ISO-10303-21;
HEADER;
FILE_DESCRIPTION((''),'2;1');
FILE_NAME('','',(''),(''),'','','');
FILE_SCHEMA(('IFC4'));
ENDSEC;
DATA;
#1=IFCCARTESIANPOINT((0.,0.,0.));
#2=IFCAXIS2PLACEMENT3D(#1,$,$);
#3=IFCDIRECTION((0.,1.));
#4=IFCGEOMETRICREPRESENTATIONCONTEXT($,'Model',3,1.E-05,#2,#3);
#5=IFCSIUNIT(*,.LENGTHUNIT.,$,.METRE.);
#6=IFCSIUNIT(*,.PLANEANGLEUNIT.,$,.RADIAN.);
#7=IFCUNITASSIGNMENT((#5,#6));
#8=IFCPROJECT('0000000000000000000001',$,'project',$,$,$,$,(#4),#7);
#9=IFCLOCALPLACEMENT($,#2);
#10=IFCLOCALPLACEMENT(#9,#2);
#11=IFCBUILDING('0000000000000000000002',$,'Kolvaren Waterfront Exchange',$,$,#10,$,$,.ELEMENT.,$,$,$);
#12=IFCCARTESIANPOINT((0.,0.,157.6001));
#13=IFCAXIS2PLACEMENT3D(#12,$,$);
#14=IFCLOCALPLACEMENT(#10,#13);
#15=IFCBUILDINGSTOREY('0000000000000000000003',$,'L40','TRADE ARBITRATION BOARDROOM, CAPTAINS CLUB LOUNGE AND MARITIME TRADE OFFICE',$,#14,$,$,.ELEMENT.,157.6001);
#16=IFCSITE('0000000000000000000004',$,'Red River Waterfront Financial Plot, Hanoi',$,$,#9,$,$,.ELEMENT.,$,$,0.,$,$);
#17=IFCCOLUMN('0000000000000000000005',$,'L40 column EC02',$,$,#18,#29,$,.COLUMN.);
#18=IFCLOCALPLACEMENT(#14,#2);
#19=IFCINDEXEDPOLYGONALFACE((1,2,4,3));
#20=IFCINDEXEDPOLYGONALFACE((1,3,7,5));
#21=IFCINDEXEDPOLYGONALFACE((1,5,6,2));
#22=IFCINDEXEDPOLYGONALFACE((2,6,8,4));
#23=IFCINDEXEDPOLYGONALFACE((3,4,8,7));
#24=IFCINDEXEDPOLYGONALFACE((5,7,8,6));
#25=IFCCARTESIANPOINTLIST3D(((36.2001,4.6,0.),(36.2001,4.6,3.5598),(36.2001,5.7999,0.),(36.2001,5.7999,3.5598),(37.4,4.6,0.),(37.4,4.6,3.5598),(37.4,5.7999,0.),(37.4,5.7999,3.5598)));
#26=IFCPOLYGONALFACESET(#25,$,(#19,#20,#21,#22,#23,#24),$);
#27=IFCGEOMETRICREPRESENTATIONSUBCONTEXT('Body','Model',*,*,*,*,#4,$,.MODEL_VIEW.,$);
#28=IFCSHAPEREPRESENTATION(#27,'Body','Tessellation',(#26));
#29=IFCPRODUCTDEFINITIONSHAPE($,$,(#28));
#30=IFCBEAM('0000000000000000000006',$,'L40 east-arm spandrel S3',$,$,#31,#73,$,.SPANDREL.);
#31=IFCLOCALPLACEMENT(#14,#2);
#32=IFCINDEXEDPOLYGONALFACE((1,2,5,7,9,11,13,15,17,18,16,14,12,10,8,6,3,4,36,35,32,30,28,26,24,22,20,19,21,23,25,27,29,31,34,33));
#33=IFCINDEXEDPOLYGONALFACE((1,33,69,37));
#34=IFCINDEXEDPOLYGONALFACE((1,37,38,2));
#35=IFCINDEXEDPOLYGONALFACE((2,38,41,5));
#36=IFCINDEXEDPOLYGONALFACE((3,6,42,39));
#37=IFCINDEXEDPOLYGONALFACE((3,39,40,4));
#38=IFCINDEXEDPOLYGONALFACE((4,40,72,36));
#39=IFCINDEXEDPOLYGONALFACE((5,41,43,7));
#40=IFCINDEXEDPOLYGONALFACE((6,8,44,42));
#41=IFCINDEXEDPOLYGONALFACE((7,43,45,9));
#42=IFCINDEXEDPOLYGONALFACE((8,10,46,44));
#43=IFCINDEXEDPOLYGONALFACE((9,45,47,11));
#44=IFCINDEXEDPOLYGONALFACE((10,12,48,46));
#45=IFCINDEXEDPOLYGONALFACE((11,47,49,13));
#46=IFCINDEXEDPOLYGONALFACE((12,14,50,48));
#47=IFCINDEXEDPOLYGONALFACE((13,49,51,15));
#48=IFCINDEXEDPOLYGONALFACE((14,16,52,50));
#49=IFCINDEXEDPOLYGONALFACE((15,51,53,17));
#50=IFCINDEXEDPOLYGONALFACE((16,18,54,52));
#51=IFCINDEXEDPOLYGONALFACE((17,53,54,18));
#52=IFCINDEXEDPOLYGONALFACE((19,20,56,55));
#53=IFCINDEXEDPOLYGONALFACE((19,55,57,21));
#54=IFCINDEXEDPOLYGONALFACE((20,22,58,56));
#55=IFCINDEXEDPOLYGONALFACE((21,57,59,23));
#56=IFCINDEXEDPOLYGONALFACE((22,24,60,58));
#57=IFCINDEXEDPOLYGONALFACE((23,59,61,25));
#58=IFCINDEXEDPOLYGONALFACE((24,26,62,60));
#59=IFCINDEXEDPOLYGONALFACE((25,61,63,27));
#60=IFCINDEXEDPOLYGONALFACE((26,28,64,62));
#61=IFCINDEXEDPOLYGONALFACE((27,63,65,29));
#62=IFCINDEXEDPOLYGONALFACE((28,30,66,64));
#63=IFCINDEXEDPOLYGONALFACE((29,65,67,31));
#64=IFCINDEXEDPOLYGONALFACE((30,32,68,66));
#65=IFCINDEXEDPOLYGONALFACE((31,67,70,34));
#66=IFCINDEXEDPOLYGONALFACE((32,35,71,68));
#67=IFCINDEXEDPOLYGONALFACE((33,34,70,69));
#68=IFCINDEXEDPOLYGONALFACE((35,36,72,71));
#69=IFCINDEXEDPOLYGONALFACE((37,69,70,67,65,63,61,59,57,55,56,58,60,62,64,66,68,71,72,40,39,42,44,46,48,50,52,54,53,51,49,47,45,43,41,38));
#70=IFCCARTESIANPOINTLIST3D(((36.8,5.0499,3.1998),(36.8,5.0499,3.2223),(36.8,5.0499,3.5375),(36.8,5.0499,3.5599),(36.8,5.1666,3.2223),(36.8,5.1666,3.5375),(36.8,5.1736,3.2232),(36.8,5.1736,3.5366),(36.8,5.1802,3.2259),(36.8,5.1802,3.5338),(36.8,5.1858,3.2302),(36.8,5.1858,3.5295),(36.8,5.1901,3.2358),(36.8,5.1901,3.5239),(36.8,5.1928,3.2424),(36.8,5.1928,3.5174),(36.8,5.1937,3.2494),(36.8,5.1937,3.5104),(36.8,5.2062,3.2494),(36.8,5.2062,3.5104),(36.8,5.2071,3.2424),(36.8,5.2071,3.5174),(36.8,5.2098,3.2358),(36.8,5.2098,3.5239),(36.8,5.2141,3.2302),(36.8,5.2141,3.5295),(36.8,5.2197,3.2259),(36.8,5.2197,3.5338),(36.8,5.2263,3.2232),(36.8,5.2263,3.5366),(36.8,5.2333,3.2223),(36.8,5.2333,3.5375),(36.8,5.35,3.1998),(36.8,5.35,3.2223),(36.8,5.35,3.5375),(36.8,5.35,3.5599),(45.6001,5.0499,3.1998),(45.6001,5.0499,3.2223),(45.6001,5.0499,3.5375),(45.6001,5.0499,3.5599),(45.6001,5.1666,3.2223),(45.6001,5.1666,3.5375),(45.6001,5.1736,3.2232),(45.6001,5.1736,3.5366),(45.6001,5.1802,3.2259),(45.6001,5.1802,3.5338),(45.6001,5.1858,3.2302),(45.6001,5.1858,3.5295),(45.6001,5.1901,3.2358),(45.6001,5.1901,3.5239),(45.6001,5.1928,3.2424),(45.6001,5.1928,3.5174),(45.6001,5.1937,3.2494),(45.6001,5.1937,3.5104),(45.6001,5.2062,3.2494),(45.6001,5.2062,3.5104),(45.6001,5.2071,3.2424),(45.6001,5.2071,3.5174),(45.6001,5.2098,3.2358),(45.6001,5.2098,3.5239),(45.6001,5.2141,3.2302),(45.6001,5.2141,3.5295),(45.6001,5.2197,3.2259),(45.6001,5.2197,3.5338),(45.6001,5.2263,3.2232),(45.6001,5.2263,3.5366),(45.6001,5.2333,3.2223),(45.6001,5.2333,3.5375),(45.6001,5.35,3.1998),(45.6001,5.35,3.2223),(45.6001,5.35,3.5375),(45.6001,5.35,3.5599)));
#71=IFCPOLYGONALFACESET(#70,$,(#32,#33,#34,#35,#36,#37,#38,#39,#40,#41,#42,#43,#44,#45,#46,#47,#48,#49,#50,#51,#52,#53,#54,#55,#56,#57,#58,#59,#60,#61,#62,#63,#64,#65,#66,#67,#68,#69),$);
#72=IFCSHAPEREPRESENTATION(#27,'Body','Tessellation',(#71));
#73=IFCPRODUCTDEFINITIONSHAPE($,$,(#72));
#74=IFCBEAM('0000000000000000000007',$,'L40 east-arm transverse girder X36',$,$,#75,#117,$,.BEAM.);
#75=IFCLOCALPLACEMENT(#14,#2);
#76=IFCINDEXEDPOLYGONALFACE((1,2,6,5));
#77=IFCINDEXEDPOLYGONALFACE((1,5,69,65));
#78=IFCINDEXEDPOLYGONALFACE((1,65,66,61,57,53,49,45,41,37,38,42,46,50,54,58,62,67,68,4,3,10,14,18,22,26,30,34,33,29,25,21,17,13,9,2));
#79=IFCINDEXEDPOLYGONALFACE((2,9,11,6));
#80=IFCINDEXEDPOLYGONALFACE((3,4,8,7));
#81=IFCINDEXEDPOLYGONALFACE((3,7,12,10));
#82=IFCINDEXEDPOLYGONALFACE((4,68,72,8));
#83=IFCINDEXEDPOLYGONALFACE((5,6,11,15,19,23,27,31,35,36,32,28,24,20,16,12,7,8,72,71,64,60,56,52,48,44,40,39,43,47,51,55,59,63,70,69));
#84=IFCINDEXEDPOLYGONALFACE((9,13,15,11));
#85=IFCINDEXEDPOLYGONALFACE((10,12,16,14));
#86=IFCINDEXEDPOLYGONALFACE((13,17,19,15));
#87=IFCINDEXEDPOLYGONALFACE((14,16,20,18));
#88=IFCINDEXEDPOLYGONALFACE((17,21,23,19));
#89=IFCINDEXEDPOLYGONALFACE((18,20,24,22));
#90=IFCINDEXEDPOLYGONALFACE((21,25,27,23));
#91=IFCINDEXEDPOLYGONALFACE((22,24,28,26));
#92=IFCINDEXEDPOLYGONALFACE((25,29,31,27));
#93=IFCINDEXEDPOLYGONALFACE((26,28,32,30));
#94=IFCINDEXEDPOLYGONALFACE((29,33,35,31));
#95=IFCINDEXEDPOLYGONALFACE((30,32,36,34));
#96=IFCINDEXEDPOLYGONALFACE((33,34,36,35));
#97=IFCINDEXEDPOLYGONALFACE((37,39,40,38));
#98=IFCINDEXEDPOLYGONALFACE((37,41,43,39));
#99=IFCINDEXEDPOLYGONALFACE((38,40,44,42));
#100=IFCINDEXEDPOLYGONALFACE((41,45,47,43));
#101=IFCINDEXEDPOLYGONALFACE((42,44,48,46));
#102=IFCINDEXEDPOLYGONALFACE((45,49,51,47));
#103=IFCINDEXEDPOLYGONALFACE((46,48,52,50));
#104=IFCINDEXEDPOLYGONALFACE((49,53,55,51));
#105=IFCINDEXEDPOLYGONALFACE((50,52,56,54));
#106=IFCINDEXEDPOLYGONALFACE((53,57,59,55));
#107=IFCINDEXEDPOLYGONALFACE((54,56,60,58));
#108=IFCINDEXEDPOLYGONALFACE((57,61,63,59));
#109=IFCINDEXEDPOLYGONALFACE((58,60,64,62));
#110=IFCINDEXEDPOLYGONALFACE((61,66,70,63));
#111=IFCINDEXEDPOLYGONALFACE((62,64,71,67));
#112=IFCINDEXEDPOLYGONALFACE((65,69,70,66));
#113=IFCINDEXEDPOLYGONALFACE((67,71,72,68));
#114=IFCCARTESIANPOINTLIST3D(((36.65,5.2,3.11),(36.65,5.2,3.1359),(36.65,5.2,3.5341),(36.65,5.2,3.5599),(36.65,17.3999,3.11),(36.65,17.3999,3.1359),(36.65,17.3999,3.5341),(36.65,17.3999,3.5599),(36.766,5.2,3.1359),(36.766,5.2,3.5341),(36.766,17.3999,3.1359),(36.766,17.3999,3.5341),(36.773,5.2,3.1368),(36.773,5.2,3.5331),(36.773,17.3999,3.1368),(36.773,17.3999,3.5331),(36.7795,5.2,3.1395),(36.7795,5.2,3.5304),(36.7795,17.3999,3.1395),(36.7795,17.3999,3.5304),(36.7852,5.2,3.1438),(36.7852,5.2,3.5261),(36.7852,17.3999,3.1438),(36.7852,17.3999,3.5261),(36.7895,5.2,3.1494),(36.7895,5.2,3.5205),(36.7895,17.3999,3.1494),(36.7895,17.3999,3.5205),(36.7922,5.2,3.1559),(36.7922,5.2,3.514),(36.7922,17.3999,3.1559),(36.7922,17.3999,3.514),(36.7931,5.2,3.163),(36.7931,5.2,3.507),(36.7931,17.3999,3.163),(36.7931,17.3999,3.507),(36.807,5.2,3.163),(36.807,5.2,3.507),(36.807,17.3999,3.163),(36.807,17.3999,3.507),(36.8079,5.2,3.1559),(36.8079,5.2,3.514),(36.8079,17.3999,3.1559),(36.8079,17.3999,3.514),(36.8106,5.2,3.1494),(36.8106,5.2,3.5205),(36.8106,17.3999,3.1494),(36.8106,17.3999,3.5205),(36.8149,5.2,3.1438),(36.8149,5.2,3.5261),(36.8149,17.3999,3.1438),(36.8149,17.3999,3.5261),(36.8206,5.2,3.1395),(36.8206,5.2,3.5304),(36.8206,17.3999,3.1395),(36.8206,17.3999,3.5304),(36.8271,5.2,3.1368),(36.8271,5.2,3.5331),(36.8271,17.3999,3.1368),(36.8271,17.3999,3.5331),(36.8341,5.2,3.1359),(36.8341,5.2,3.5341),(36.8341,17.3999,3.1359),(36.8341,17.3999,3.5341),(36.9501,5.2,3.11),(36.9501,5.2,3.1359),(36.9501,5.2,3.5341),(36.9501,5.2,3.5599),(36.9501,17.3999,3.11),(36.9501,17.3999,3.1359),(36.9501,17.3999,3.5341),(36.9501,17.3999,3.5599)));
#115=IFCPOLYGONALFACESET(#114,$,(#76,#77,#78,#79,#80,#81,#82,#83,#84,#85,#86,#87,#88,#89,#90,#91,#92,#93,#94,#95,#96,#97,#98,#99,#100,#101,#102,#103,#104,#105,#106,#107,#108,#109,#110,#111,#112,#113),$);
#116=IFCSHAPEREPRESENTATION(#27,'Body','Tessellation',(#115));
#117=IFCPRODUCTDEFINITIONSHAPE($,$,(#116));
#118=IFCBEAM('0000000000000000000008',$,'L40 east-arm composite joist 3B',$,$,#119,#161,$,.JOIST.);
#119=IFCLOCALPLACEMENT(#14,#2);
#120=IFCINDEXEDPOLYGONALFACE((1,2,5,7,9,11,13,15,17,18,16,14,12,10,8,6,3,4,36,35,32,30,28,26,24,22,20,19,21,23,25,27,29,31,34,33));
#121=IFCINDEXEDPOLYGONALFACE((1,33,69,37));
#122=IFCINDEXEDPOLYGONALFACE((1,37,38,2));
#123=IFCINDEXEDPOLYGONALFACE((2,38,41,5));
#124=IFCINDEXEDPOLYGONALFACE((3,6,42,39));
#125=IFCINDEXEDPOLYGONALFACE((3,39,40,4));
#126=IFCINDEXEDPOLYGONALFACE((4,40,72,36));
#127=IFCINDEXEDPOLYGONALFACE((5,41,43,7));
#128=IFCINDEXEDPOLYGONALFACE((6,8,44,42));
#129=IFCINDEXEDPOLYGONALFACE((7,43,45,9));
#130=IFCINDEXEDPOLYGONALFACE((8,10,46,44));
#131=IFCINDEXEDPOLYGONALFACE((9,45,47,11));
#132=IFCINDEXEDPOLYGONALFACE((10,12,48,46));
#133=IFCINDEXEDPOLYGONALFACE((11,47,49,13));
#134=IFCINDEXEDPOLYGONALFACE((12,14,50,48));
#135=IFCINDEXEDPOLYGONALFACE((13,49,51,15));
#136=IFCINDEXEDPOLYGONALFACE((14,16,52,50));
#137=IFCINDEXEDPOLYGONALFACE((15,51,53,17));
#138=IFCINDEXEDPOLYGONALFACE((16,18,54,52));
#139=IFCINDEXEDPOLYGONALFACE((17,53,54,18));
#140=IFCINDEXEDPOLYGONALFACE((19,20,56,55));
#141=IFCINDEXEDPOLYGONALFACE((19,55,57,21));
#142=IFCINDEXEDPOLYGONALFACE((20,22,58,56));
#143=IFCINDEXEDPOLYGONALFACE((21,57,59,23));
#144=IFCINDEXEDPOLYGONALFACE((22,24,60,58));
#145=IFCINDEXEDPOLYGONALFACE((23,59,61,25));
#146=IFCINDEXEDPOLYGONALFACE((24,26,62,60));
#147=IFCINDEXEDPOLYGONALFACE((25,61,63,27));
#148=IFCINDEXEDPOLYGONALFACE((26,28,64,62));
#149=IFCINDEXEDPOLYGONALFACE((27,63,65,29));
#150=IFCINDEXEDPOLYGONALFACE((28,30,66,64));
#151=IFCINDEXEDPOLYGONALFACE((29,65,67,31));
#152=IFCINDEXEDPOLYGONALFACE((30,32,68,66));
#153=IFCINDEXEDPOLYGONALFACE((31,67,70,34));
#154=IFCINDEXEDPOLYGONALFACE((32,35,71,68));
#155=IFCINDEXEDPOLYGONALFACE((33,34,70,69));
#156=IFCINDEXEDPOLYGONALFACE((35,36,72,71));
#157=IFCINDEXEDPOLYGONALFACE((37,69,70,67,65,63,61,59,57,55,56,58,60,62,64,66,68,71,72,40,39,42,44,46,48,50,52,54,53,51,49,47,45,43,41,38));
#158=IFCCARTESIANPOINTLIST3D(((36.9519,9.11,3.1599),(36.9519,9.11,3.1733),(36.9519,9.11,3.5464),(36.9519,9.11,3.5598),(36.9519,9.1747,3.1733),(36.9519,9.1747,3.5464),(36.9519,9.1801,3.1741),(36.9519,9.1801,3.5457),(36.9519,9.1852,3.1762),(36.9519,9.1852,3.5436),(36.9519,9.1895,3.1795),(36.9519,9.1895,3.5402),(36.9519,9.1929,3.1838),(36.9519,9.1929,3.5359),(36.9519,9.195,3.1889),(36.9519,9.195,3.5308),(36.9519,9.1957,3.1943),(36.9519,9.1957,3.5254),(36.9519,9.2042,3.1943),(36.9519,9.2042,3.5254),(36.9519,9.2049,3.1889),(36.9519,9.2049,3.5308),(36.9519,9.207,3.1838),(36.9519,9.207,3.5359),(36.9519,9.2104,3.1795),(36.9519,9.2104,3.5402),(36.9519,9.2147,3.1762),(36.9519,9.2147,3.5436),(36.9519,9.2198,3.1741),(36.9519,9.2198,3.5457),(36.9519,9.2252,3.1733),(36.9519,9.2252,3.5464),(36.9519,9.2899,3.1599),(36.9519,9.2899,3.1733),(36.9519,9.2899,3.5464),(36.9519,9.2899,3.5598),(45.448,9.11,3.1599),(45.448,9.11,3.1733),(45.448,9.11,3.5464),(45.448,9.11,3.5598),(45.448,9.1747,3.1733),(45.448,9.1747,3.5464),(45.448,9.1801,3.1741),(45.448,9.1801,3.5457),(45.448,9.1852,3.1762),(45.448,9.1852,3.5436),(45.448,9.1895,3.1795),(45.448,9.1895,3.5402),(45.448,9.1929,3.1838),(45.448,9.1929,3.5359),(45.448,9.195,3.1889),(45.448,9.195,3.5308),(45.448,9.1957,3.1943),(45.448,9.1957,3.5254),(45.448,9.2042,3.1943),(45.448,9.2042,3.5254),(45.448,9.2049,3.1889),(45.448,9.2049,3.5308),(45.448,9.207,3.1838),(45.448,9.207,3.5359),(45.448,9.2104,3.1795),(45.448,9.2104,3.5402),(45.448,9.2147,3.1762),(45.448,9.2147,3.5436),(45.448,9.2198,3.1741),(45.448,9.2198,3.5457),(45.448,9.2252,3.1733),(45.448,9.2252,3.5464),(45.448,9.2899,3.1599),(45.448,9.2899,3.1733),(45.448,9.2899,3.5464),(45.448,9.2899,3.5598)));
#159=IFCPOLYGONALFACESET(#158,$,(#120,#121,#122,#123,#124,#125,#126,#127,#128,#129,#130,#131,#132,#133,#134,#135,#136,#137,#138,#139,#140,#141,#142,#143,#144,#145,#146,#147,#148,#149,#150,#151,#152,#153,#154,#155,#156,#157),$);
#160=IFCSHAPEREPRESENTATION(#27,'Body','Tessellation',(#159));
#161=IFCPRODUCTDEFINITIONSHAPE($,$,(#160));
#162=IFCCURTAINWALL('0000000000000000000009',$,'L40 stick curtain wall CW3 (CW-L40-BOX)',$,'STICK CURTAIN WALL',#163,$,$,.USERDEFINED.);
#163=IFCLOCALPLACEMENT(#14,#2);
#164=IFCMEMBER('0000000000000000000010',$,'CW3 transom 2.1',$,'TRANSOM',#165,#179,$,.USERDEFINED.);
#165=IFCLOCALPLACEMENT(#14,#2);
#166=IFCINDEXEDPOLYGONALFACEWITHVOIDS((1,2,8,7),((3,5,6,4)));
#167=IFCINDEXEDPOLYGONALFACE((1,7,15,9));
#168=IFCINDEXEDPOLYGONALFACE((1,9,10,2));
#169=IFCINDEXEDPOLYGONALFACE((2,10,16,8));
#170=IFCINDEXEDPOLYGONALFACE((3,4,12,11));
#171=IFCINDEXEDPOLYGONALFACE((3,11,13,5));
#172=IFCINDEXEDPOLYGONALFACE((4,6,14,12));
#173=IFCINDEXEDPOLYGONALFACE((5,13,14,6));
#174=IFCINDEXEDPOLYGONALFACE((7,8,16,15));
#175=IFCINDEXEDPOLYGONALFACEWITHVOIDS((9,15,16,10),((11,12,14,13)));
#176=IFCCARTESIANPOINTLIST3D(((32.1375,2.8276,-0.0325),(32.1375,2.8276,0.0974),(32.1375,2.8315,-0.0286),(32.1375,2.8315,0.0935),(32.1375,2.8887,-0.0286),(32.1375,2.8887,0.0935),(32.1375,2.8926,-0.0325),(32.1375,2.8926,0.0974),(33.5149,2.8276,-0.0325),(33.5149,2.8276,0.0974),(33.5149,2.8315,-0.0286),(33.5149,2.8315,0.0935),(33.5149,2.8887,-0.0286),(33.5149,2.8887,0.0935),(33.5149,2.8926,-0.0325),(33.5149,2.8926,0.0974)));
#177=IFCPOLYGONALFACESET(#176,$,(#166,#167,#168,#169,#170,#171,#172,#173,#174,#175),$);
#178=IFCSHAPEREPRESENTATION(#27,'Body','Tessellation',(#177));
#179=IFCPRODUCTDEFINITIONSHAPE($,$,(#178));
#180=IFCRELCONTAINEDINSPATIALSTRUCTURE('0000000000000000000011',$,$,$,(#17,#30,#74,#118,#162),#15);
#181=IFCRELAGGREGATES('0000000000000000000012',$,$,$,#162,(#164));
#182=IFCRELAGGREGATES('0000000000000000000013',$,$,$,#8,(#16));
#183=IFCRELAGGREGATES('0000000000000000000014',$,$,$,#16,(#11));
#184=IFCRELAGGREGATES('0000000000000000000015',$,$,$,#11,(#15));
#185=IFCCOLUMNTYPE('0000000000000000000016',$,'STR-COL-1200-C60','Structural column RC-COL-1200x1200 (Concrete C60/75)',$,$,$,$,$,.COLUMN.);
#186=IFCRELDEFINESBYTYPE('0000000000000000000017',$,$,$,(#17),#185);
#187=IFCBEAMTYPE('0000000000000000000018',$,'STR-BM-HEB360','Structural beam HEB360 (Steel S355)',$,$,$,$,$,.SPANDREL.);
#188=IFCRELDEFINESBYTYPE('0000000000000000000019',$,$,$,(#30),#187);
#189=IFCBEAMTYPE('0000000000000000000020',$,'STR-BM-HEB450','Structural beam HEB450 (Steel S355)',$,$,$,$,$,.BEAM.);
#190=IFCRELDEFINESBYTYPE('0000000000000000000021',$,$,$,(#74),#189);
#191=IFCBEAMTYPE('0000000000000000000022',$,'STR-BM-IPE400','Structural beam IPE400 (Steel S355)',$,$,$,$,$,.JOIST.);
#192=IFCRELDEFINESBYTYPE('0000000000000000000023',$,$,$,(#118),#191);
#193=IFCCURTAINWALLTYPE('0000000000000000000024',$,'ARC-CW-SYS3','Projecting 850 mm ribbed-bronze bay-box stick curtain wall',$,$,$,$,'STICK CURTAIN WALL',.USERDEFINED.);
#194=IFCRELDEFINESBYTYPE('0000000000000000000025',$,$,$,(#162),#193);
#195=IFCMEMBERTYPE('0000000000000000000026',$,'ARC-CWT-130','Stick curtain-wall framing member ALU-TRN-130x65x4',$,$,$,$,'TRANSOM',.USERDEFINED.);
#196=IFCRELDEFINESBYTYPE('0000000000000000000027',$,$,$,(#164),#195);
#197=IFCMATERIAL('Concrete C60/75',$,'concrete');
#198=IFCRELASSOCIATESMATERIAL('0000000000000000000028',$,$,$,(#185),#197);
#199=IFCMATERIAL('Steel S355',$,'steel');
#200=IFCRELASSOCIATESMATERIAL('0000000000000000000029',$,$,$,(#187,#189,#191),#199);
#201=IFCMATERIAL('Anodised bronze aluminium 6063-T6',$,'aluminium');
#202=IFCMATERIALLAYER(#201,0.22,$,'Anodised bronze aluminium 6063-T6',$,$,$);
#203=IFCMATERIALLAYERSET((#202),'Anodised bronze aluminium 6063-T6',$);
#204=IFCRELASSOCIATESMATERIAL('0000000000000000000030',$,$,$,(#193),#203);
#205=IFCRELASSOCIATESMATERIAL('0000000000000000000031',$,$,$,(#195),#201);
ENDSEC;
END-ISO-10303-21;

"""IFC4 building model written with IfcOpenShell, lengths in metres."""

from ifc_helpers import new_model, si_unit, direction, frame, origin, origin_with_axes, origin_2d, place, context, subcontext, project, spatial, rectangle, hollow_rectangle, i_section, extrude, source, transform, mapped, material, layer, layer_set, material_profile, profile_set, type_object, element, aggregate, save


model = new_model("IFC4")

# Units and contexts
model_context = context("Model", 3, precision=1e-05, world=origin(), true_north=direction((0.0, 1.0)))
body_context = subcontext(model_context, "Body", "Model", "MODEL_VIEW")
ifc_project = project(units=[si_unit("LENGTHUNIT", "METRE"), si_unit("PLANEANGLEUNIT", "RADIAN")], contexts=[model_context])

# Site, building, storey
site_placement = place(None, origin())
site = spatial("IfcSite", under=ifc_project, at=site_placement, Name="Red River Waterfront Financial Plot, Hanoi", CompositionType="ELEMENT", RefElevation=0.0)
building_placement = place(site_placement, origin())
building = spatial("IfcBuilding", under=site, at=building_placement, Name="Kolvaren Waterfront Exchange", CompositionType="ELEMENT")
storey_placement = place(building_placement, frame((0.0, 0.0, 157.6001)))
storey = spatial("IfcBuildingStorey", under=building, at=storey_placement, Name="L40", Description="TRADE ARBITRATION BOARDROOM, CAPTAINS CLUB LOUNGE AND MARITIME TRADE OFFICE", CompositionType="ELEMENT", Elevation=157.6001)

# Column
ifc_material_1 = material(Name="Concrete C60/75", Category="concrete")
ifc_material_profile_1 = material_profile(ifc_material_1, rectangle(XDim=1.2, YDim=1.2, at=origin_2d()), Name="RC-COL-1200x1200")
ifc_profile_set_1 = profile_set([ifc_material_profile_1], Name="Concrete C60/75")
column_type = type_object("IfcColumnType", Name="STR-COL-1200-C60", Description="Structural column RC-COL-1200x1200 (Concrete C60/75)", PredefinedType="COLUMN", material=ifc_profile_set_1)
column_placement = place(storey_placement, frame((36.8, 5.2, 0.0), z_axis=(0.0, 0.0, 1.0), x_axis=(1.0, 0.0, 0.0)))
element("IfcColumn", 1, at=column_placement, inside=storey, type_object=column_type, Name="L40 column EC02", PredefinedType="COLUMN", context=body_context, shape_type="SweptSolid", body=[
    extrude(rectangle(XDim=1.2, YDim=1.2, at=origin_2d()), origin(), (0.0, 0.0, 1.0), 3.5598),
])

# Beams
ifc_material_2 = material(Name="Steel S355", Category="steel")
ifc_material_profile_2 = material_profile(ifc_material_2, i_section(OverallWidth=0.3, OverallDepth=0.3601, WebThickness=0.0125, FlangeThickness=0.0225, FilletRadius=0.0271, at=origin_2d()), Name="HEB360")
ifc_profile_set_2 = profile_set([ifc_material_profile_2], Name="Steel S355")
beam_type_1 = type_object("IfcBeamType", Name="STR-BM-HEB360", Description="Structural beam HEB360 (Steel S355)", PredefinedType="SPANDREL", material=ifc_profile_set_2)
beam_1_placement = place(storey_placement, frame((36.8, 5.2, 3.3799), z_axis=(1.0, 0.0, 0.0), x_axis=(0.0, 1.0, 0.0)))
element("IfcBeam", 2, at=beam_1_placement, inside=storey, type_object=beam_type_1, Name="L40 east-arm spandrel S3", PredefinedType="SPANDREL", context=body_context, shape_type="SweptSolid", body=[
    extrude(i_section(OverallWidth=0.3, OverallDepth=0.3601, WebThickness=0.0125, FlangeThickness=0.0225, FilletRadius=0.0271, at=origin_2d()), origin(), (0.0, 0.0, 1.0), 8.8),
])
ifc_material_profile_3 = material_profile(ifc_material_2, i_section(OverallWidth=0.3, OverallDepth=0.45, WebThickness=0.0139, FlangeThickness=0.0259, FilletRadius=0.0271, at=origin_2d()), Name="HEB450")
ifc_profile_set_3 = profile_set([ifc_material_profile_3], Name="Steel S355")
beam_type_2 = type_object("IfcBeamType", Name="STR-BM-HEB450", Description="Structural beam HEB450 (Steel S355)", PredefinedType="BEAM", material=ifc_profile_set_3)
beam_2_placement = place(storey_placement, frame((36.8, 5.2, 3.335), z_axis=(0.0, 1.0, 0.0), x_axis=(-1.0, 0.0, 0.0)))
element("IfcBeam", 3, at=beam_2_placement, inside=storey, type_object=beam_type_2, Name="L40 east-arm transverse girder X36", PredefinedType="BEAM", context=body_context, shape_type="SweptSolid", body=[
    extrude(i_section(OverallWidth=0.3, OverallDepth=0.45, WebThickness=0.0139, FlangeThickness=0.0259, FilletRadius=0.0271, at=origin_2d()), origin(), (0.0, 0.0, 1.0), 12.2),
])
ifc_material_profile_4 = material_profile(ifc_material_2, i_section(OverallWidth=0.1799, OverallDepth=0.3999, WebThickness=0.0085, FlangeThickness=0.0134, FilletRadius=0.021, at=origin_2d()), Name="IPE400")
ifc_profile_set_4 = profile_set([ifc_material_profile_4], Name="Steel S355")
beam_type_3 = type_object("IfcBeamType", Name="STR-BM-IPE400", Description="Structural beam IPE400 (Steel S355)", PredefinedType="JOIST", material=ifc_profile_set_4)
beam_3_placement = place(storey_placement, frame((36.9519, 9.2, 3.3599), z_axis=(1.0, 0.0, 0.0), x_axis=(0.0, 1.0, 0.0)))
element("IfcBeam", 4, at=beam_3_placement, inside=storey, type_object=beam_type_3, Name="L40 east-arm composite joist 3B", PredefinedType="JOIST", context=body_context, shape_type="SweptSolid", body=[
    extrude(i_section(OverallWidth=0.1799, OverallDepth=0.3999, WebThickness=0.0085, FlangeThickness=0.0134, FilletRadius=0.021, at=origin_2d()), origin(), (0.0, 0.0, 1.0), 8.4961),
])

# Curtain wall, member
ifc_material_3 = material(Name="Anodised bronze aluminium 6063-T6", Category="aluminium")
ifc_layer_1 = layer(ifc_material_3, 0.22, Name="Anodised bronze aluminium 6063-T6")
ifc_layer_set_1 = layer_set([ifc_layer_1], Name="Anodised bronze aluminium 6063-T6")
curtain_wall_type_1 = type_object("IfcCurtainWallType", Name="ARC-CW-SYS3", Description="Projecting 850 mm ribbed-bronze bay-box stick curtain wall", ElementType="STICK CURTAIN WALL", PredefinedType="USERDEFINED", material=ifc_layer_set_1)
curtain_wall_1_placement = place(storey_placement, origin())
curtain_wall_1 = element("IfcCurtainWall", 5, at=curtain_wall_1_placement, inside=storey, type_object=curtain_wall_type_1, Name="L40 stick curtain wall CW3 (CW-L40-BOX)", ObjectType="STICK CURTAIN WALL", PredefinedType="USERDEFINED")
ifc_material_profile_5 = material_profile(ifc_material_3, hollow_rectangle(XDim=0.0649, YDim=0.1299, WallThickness=0.0039, at=origin_2d()), Name="ALU-TRN-130x65x4")
ifc_profile_set_5 = profile_set([ifc_material_profile_5], Name="Anodised bronze aluminium 6063-T6")
member_type_1 = type_object("IfcMemberType", Name="ARC-CWT-130", Description="Stick curtain-wall framing member ALU-TRN-130x65x4", ElementType="TRANSOM", PredefinedType="USERDEFINED", material=ifc_profile_set_5)
shared_shape_1 = source(origin_with_axes(), body_context, "Body", "SweptSolid", [
    extrude(hollow_rectangle(XDim=0.0649, YDim=0.1299, WallThickness=0.0039, at=origin_2d()), origin(), (0.0, 0.0, 1.0), 1.3774),
])
member_1_placement = place(storey_placement, frame((32.1375, 2.8601, 0.0325), z_axis=(1.0, 0.0, 0.0), x_axis=(0.0, 1.0, 0.0)))
member_1 = element("IfcMember", 6, at=member_1_placement, type_object=member_type_1, Name="CW3 transom 2.1", ObjectType="TRANSOM", PredefinedType="USERDEFINED", context=body_context, shape_type="MappedRepresentation", body=[
    mapped(shared_shape_1, transform((0.0, 0.0, 0.0), x_axis=(1.0, 0.0, 0.0), y_axis=(0.0, 1.0, 0.0), z_axis=(0.0, 0.0, 1.0), scale=1.0)),
])

aggregate(curtain_wall_1, [member_1])

save(model, "model.ifc")
